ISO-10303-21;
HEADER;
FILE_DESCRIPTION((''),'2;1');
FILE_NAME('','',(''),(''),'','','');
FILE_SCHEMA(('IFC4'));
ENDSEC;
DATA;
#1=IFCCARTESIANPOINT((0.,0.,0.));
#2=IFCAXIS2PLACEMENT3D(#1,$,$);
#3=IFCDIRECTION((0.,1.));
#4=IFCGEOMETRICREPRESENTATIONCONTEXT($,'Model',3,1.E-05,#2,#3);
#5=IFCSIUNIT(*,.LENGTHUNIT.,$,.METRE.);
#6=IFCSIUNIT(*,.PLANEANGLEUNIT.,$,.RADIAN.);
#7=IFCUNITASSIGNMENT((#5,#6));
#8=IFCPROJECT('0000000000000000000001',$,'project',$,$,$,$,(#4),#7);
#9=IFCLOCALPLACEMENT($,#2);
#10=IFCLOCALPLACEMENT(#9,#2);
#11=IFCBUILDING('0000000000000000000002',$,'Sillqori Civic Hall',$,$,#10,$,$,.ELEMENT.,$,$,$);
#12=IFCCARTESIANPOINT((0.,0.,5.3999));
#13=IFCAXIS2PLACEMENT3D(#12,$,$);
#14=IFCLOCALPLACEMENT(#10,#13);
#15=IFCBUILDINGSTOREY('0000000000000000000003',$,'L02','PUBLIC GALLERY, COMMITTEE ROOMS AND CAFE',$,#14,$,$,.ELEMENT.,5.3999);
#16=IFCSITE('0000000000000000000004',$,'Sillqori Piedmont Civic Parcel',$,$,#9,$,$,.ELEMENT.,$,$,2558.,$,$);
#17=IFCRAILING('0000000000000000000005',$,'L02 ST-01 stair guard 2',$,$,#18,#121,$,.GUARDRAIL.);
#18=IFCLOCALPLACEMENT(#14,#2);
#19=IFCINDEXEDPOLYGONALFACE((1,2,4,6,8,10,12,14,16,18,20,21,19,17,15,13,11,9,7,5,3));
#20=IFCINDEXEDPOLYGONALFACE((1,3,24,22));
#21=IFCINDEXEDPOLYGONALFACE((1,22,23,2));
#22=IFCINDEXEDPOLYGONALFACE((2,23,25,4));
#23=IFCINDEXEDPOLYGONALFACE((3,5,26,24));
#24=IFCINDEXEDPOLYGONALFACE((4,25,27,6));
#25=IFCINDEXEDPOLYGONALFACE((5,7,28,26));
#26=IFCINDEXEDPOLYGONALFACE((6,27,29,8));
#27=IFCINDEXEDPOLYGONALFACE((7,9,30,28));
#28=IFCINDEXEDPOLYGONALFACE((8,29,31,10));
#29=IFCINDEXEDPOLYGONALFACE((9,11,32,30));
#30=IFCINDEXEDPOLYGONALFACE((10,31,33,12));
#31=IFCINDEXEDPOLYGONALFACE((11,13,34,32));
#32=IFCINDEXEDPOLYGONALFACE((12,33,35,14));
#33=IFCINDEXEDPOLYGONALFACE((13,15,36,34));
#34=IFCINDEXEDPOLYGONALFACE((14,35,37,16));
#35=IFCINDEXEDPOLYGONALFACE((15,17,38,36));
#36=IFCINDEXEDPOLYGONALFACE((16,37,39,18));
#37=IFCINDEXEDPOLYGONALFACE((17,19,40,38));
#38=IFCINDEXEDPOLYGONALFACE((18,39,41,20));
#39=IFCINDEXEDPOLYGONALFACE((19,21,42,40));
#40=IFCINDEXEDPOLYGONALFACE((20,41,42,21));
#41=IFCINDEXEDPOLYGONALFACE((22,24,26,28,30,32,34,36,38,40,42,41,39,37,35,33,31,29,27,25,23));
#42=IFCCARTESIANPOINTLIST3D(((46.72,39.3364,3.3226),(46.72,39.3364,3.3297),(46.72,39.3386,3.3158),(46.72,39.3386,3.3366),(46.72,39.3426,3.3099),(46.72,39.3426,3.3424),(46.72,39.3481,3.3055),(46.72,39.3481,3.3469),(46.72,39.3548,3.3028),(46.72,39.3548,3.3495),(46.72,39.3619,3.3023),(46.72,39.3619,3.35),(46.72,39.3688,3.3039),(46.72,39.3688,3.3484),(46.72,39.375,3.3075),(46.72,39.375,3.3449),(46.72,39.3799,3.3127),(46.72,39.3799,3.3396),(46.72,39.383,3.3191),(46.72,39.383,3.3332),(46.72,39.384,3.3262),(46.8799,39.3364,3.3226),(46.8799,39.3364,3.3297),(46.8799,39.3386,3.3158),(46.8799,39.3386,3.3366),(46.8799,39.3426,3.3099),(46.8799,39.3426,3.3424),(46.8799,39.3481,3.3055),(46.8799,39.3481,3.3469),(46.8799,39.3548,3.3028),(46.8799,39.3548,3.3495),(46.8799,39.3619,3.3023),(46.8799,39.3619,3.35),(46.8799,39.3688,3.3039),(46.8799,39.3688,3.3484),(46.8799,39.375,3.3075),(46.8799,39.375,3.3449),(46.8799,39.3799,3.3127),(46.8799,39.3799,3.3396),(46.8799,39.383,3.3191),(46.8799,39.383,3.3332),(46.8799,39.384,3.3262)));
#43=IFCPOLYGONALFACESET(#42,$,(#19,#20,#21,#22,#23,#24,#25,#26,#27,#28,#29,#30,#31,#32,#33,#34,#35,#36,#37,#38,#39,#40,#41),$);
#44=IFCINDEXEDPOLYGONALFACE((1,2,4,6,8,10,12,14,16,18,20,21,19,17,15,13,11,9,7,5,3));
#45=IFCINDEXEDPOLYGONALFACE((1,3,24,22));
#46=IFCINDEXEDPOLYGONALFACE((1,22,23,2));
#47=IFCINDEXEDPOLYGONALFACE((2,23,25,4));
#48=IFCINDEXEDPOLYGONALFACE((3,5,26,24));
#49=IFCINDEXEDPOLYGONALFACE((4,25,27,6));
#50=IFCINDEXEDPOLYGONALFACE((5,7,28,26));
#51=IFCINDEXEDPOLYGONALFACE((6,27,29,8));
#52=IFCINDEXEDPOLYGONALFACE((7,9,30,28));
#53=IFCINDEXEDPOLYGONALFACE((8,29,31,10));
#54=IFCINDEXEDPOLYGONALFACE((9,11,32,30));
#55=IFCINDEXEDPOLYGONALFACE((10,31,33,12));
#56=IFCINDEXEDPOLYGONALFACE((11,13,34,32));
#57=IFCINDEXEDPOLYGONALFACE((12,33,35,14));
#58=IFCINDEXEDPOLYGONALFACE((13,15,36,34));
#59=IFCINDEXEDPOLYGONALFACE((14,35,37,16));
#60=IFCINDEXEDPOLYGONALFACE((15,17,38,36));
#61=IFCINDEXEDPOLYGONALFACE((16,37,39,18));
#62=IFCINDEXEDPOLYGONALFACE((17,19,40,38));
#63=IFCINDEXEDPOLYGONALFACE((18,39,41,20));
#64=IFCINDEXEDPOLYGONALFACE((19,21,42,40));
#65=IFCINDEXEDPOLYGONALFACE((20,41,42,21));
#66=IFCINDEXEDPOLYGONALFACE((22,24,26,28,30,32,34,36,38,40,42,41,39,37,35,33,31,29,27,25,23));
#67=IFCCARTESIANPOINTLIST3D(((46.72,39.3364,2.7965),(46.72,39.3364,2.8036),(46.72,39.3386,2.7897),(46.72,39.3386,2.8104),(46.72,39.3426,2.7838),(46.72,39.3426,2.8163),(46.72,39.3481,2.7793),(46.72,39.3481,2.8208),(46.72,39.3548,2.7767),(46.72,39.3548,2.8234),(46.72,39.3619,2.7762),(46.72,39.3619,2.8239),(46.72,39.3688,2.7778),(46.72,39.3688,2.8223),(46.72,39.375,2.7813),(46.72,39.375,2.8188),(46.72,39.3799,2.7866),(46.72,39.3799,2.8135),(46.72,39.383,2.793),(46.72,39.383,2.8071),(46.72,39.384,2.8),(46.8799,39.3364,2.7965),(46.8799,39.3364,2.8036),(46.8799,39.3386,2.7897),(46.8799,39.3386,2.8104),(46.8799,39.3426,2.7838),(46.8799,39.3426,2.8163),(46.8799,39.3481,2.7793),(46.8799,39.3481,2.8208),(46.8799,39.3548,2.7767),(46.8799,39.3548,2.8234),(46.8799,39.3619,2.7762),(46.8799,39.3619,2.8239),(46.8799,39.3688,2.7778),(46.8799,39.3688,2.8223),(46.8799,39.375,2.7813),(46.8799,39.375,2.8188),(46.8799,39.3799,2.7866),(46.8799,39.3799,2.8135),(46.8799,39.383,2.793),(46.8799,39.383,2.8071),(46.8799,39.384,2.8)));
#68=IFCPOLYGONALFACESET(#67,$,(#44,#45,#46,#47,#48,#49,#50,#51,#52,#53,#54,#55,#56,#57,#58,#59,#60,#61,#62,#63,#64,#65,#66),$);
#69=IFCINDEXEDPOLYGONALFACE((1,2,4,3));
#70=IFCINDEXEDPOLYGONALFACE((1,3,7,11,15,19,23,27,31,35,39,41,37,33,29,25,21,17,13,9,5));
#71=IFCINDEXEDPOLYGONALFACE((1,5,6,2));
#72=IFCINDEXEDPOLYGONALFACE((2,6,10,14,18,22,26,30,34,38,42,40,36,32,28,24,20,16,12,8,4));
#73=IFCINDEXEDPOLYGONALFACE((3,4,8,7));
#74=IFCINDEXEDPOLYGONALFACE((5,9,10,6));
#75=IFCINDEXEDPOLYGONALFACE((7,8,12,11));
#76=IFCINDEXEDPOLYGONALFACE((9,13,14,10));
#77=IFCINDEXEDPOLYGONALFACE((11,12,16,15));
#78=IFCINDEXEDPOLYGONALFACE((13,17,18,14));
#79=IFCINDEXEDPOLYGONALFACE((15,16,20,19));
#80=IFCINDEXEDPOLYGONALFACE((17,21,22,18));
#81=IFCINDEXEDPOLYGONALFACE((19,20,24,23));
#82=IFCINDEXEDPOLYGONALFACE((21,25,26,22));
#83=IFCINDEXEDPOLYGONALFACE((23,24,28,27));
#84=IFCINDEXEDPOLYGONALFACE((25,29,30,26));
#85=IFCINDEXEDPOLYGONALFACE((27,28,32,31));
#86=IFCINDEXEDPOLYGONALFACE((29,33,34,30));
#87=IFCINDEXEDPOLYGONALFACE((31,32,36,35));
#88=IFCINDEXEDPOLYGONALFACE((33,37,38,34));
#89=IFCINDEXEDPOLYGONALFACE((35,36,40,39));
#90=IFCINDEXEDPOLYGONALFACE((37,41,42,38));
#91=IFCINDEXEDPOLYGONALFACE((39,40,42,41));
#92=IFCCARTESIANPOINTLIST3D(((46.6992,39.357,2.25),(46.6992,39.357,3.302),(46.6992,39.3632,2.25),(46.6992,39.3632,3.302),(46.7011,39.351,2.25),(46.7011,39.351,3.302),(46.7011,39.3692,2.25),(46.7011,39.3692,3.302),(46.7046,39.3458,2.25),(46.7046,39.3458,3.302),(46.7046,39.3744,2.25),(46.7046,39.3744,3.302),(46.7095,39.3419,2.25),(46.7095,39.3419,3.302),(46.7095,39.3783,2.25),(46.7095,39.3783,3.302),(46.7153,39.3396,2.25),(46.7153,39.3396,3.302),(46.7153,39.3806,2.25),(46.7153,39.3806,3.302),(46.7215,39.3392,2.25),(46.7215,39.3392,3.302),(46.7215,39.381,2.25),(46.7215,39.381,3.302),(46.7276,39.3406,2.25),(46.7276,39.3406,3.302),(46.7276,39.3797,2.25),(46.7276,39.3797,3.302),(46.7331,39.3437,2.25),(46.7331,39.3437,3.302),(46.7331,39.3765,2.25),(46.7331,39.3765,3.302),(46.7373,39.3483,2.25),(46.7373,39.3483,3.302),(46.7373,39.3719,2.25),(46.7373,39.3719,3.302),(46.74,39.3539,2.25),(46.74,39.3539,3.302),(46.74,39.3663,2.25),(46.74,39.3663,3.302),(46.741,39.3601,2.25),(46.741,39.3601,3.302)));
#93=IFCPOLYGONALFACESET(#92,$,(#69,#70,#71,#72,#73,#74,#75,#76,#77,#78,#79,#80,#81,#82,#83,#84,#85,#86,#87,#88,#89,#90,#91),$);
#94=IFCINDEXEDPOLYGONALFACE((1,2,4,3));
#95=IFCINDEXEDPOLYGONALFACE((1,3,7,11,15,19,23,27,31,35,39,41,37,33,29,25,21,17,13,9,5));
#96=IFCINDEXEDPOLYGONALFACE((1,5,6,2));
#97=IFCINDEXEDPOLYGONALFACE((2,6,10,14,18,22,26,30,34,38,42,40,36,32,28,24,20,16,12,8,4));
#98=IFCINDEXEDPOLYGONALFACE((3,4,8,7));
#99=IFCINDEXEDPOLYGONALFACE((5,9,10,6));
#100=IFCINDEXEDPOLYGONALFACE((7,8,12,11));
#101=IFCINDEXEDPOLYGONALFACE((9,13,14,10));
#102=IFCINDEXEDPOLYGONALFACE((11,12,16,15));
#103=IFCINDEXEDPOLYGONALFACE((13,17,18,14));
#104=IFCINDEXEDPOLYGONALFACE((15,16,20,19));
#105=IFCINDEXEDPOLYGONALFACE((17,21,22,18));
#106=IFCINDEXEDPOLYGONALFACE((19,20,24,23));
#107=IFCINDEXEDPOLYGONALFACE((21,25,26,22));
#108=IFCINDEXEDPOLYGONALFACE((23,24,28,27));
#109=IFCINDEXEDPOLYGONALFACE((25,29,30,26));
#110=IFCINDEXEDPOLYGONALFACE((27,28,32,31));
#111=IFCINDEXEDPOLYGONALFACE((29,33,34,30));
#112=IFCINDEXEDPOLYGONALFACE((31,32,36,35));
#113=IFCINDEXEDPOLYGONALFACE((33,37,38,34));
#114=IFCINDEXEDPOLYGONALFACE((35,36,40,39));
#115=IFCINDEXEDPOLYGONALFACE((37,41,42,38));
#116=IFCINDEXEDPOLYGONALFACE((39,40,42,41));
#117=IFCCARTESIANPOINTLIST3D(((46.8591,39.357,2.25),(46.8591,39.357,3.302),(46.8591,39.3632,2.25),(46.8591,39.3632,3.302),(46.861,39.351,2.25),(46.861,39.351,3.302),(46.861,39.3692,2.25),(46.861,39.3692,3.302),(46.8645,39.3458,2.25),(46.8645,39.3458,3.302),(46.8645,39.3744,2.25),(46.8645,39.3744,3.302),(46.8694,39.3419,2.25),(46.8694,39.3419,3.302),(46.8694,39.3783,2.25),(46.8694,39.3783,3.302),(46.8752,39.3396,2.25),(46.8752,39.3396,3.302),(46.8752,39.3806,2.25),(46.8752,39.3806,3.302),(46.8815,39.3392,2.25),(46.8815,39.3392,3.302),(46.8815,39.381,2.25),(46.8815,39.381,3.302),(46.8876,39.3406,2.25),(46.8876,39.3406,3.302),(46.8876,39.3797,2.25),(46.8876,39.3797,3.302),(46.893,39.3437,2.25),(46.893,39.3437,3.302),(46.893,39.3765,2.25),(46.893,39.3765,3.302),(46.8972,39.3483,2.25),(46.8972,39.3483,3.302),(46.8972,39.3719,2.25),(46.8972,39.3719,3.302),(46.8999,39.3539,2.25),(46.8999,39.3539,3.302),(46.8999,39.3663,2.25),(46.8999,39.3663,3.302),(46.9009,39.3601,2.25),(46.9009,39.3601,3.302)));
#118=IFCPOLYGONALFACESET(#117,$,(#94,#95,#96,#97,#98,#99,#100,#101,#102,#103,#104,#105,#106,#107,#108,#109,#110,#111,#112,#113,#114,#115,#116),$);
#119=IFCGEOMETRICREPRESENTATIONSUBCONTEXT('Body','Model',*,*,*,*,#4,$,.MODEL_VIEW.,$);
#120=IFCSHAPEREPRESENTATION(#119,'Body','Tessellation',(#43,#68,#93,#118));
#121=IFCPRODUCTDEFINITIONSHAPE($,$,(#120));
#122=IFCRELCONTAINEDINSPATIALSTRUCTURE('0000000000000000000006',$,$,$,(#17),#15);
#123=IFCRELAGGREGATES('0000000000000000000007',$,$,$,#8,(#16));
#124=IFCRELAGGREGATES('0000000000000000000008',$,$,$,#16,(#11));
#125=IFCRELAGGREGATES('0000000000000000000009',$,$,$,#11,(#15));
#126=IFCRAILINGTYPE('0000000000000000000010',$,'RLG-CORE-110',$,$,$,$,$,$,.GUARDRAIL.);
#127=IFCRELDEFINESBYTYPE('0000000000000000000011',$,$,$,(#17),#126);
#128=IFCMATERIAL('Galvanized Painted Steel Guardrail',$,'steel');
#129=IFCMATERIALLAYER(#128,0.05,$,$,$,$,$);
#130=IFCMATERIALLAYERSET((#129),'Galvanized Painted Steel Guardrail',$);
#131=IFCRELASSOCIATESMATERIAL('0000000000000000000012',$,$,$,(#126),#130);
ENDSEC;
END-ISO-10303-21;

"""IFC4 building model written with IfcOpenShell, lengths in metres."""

from ifc_helpers import new_model, si_unit, direction, frame, origin, origin_2d, place, context, subcontext, project, spatial, circle, extrude, material, layer, layer_set, type_object, element, save


model = new_model("IFC4")

# Units and contexts
model_context = context("Model", 3, precision=1e-05, world=origin(), true_north=direction((0.0, 1.0)))
body_context = subcontext(model_context, "Body", "Model", "MODEL_VIEW")
ifc_project = project(units=[si_unit("LENGTHUNIT", "METRE"), si_unit("PLANEANGLEUNIT", "RADIAN")], contexts=[model_context])

# Site, building, storey
site_placement = place(None, origin())
site = spatial("IfcSite", under=ifc_project, at=site_placement, Name="Sillqori Piedmont Civic Parcel", CompositionType="ELEMENT", RefElevation=2558.0)
building_placement = place(site_placement, origin())
building = spatial("IfcBuilding", under=site, at=building_placement, Name="Sillqori Civic Hall", CompositionType="ELEMENT")
storey_placement = place(building_placement, frame((0.0, 0.0, 5.3999)))
storey = spatial("IfcBuildingStorey", under=building, at=storey_placement, Name="L02", Description="PUBLIC GALLERY, COMMITTEE ROOMS AND CAFE", CompositionType="ELEMENT", Elevation=5.3999)

# Railing
ifc_material_1 = material(Name="Galvanized Painted Steel Guardrail", Category="steel")
ifc_layer_1 = layer(ifc_material_1, 0.05)
ifc_layer_set_1 = layer_set([ifc_layer_1], Name="Galvanized Painted Steel Guardrail")
railing_type_1 = type_object("IfcRailingType", Name="RLG-CORE-110", PredefinedType="GUARDRAIL", material=ifc_layer_set_1)
railing_1_placement = place(storey_placement, frame((46.72, 39.3601, 2.25)))
element("IfcRailing", 1, at=railing_1_placement, inside=storey, type_object=railing_type_1, Name="L02 ST-01 stair guard 2", PredefinedType="GUARDRAIL", context=body_context, shape_type="SweptSolid", body=[
    extrude(circle(Radius=0.0239, at=origin_2d()), frame((0.0, 0.0, 1.0762), z_axis=(1.0, 0.0, 0.0), x_axis=(0.0, 1.0, 0.0)), (0.0, 0.0, 1.0), 0.1599),
    extrude(circle(Radius=0.0239, at=origin_2d()), frame((0.0, 0.0, 0.55), z_axis=(1.0, 0.0, 0.0), x_axis=(0.0, 1.0, 0.0)), (0.0, 0.0, 1.0), 0.1599),
    extrude(circle(Radius=0.021, at=origin_2d()), origin(), (0.0, 0.0, 1.0), 1.052),
    extrude(circle(Radius=0.021, at=origin_2d()), frame((0.1599, 0.0, 0.0)), (0.0, 0.0, 1.0), 1.052),
])

save(model, "model.ifc")
